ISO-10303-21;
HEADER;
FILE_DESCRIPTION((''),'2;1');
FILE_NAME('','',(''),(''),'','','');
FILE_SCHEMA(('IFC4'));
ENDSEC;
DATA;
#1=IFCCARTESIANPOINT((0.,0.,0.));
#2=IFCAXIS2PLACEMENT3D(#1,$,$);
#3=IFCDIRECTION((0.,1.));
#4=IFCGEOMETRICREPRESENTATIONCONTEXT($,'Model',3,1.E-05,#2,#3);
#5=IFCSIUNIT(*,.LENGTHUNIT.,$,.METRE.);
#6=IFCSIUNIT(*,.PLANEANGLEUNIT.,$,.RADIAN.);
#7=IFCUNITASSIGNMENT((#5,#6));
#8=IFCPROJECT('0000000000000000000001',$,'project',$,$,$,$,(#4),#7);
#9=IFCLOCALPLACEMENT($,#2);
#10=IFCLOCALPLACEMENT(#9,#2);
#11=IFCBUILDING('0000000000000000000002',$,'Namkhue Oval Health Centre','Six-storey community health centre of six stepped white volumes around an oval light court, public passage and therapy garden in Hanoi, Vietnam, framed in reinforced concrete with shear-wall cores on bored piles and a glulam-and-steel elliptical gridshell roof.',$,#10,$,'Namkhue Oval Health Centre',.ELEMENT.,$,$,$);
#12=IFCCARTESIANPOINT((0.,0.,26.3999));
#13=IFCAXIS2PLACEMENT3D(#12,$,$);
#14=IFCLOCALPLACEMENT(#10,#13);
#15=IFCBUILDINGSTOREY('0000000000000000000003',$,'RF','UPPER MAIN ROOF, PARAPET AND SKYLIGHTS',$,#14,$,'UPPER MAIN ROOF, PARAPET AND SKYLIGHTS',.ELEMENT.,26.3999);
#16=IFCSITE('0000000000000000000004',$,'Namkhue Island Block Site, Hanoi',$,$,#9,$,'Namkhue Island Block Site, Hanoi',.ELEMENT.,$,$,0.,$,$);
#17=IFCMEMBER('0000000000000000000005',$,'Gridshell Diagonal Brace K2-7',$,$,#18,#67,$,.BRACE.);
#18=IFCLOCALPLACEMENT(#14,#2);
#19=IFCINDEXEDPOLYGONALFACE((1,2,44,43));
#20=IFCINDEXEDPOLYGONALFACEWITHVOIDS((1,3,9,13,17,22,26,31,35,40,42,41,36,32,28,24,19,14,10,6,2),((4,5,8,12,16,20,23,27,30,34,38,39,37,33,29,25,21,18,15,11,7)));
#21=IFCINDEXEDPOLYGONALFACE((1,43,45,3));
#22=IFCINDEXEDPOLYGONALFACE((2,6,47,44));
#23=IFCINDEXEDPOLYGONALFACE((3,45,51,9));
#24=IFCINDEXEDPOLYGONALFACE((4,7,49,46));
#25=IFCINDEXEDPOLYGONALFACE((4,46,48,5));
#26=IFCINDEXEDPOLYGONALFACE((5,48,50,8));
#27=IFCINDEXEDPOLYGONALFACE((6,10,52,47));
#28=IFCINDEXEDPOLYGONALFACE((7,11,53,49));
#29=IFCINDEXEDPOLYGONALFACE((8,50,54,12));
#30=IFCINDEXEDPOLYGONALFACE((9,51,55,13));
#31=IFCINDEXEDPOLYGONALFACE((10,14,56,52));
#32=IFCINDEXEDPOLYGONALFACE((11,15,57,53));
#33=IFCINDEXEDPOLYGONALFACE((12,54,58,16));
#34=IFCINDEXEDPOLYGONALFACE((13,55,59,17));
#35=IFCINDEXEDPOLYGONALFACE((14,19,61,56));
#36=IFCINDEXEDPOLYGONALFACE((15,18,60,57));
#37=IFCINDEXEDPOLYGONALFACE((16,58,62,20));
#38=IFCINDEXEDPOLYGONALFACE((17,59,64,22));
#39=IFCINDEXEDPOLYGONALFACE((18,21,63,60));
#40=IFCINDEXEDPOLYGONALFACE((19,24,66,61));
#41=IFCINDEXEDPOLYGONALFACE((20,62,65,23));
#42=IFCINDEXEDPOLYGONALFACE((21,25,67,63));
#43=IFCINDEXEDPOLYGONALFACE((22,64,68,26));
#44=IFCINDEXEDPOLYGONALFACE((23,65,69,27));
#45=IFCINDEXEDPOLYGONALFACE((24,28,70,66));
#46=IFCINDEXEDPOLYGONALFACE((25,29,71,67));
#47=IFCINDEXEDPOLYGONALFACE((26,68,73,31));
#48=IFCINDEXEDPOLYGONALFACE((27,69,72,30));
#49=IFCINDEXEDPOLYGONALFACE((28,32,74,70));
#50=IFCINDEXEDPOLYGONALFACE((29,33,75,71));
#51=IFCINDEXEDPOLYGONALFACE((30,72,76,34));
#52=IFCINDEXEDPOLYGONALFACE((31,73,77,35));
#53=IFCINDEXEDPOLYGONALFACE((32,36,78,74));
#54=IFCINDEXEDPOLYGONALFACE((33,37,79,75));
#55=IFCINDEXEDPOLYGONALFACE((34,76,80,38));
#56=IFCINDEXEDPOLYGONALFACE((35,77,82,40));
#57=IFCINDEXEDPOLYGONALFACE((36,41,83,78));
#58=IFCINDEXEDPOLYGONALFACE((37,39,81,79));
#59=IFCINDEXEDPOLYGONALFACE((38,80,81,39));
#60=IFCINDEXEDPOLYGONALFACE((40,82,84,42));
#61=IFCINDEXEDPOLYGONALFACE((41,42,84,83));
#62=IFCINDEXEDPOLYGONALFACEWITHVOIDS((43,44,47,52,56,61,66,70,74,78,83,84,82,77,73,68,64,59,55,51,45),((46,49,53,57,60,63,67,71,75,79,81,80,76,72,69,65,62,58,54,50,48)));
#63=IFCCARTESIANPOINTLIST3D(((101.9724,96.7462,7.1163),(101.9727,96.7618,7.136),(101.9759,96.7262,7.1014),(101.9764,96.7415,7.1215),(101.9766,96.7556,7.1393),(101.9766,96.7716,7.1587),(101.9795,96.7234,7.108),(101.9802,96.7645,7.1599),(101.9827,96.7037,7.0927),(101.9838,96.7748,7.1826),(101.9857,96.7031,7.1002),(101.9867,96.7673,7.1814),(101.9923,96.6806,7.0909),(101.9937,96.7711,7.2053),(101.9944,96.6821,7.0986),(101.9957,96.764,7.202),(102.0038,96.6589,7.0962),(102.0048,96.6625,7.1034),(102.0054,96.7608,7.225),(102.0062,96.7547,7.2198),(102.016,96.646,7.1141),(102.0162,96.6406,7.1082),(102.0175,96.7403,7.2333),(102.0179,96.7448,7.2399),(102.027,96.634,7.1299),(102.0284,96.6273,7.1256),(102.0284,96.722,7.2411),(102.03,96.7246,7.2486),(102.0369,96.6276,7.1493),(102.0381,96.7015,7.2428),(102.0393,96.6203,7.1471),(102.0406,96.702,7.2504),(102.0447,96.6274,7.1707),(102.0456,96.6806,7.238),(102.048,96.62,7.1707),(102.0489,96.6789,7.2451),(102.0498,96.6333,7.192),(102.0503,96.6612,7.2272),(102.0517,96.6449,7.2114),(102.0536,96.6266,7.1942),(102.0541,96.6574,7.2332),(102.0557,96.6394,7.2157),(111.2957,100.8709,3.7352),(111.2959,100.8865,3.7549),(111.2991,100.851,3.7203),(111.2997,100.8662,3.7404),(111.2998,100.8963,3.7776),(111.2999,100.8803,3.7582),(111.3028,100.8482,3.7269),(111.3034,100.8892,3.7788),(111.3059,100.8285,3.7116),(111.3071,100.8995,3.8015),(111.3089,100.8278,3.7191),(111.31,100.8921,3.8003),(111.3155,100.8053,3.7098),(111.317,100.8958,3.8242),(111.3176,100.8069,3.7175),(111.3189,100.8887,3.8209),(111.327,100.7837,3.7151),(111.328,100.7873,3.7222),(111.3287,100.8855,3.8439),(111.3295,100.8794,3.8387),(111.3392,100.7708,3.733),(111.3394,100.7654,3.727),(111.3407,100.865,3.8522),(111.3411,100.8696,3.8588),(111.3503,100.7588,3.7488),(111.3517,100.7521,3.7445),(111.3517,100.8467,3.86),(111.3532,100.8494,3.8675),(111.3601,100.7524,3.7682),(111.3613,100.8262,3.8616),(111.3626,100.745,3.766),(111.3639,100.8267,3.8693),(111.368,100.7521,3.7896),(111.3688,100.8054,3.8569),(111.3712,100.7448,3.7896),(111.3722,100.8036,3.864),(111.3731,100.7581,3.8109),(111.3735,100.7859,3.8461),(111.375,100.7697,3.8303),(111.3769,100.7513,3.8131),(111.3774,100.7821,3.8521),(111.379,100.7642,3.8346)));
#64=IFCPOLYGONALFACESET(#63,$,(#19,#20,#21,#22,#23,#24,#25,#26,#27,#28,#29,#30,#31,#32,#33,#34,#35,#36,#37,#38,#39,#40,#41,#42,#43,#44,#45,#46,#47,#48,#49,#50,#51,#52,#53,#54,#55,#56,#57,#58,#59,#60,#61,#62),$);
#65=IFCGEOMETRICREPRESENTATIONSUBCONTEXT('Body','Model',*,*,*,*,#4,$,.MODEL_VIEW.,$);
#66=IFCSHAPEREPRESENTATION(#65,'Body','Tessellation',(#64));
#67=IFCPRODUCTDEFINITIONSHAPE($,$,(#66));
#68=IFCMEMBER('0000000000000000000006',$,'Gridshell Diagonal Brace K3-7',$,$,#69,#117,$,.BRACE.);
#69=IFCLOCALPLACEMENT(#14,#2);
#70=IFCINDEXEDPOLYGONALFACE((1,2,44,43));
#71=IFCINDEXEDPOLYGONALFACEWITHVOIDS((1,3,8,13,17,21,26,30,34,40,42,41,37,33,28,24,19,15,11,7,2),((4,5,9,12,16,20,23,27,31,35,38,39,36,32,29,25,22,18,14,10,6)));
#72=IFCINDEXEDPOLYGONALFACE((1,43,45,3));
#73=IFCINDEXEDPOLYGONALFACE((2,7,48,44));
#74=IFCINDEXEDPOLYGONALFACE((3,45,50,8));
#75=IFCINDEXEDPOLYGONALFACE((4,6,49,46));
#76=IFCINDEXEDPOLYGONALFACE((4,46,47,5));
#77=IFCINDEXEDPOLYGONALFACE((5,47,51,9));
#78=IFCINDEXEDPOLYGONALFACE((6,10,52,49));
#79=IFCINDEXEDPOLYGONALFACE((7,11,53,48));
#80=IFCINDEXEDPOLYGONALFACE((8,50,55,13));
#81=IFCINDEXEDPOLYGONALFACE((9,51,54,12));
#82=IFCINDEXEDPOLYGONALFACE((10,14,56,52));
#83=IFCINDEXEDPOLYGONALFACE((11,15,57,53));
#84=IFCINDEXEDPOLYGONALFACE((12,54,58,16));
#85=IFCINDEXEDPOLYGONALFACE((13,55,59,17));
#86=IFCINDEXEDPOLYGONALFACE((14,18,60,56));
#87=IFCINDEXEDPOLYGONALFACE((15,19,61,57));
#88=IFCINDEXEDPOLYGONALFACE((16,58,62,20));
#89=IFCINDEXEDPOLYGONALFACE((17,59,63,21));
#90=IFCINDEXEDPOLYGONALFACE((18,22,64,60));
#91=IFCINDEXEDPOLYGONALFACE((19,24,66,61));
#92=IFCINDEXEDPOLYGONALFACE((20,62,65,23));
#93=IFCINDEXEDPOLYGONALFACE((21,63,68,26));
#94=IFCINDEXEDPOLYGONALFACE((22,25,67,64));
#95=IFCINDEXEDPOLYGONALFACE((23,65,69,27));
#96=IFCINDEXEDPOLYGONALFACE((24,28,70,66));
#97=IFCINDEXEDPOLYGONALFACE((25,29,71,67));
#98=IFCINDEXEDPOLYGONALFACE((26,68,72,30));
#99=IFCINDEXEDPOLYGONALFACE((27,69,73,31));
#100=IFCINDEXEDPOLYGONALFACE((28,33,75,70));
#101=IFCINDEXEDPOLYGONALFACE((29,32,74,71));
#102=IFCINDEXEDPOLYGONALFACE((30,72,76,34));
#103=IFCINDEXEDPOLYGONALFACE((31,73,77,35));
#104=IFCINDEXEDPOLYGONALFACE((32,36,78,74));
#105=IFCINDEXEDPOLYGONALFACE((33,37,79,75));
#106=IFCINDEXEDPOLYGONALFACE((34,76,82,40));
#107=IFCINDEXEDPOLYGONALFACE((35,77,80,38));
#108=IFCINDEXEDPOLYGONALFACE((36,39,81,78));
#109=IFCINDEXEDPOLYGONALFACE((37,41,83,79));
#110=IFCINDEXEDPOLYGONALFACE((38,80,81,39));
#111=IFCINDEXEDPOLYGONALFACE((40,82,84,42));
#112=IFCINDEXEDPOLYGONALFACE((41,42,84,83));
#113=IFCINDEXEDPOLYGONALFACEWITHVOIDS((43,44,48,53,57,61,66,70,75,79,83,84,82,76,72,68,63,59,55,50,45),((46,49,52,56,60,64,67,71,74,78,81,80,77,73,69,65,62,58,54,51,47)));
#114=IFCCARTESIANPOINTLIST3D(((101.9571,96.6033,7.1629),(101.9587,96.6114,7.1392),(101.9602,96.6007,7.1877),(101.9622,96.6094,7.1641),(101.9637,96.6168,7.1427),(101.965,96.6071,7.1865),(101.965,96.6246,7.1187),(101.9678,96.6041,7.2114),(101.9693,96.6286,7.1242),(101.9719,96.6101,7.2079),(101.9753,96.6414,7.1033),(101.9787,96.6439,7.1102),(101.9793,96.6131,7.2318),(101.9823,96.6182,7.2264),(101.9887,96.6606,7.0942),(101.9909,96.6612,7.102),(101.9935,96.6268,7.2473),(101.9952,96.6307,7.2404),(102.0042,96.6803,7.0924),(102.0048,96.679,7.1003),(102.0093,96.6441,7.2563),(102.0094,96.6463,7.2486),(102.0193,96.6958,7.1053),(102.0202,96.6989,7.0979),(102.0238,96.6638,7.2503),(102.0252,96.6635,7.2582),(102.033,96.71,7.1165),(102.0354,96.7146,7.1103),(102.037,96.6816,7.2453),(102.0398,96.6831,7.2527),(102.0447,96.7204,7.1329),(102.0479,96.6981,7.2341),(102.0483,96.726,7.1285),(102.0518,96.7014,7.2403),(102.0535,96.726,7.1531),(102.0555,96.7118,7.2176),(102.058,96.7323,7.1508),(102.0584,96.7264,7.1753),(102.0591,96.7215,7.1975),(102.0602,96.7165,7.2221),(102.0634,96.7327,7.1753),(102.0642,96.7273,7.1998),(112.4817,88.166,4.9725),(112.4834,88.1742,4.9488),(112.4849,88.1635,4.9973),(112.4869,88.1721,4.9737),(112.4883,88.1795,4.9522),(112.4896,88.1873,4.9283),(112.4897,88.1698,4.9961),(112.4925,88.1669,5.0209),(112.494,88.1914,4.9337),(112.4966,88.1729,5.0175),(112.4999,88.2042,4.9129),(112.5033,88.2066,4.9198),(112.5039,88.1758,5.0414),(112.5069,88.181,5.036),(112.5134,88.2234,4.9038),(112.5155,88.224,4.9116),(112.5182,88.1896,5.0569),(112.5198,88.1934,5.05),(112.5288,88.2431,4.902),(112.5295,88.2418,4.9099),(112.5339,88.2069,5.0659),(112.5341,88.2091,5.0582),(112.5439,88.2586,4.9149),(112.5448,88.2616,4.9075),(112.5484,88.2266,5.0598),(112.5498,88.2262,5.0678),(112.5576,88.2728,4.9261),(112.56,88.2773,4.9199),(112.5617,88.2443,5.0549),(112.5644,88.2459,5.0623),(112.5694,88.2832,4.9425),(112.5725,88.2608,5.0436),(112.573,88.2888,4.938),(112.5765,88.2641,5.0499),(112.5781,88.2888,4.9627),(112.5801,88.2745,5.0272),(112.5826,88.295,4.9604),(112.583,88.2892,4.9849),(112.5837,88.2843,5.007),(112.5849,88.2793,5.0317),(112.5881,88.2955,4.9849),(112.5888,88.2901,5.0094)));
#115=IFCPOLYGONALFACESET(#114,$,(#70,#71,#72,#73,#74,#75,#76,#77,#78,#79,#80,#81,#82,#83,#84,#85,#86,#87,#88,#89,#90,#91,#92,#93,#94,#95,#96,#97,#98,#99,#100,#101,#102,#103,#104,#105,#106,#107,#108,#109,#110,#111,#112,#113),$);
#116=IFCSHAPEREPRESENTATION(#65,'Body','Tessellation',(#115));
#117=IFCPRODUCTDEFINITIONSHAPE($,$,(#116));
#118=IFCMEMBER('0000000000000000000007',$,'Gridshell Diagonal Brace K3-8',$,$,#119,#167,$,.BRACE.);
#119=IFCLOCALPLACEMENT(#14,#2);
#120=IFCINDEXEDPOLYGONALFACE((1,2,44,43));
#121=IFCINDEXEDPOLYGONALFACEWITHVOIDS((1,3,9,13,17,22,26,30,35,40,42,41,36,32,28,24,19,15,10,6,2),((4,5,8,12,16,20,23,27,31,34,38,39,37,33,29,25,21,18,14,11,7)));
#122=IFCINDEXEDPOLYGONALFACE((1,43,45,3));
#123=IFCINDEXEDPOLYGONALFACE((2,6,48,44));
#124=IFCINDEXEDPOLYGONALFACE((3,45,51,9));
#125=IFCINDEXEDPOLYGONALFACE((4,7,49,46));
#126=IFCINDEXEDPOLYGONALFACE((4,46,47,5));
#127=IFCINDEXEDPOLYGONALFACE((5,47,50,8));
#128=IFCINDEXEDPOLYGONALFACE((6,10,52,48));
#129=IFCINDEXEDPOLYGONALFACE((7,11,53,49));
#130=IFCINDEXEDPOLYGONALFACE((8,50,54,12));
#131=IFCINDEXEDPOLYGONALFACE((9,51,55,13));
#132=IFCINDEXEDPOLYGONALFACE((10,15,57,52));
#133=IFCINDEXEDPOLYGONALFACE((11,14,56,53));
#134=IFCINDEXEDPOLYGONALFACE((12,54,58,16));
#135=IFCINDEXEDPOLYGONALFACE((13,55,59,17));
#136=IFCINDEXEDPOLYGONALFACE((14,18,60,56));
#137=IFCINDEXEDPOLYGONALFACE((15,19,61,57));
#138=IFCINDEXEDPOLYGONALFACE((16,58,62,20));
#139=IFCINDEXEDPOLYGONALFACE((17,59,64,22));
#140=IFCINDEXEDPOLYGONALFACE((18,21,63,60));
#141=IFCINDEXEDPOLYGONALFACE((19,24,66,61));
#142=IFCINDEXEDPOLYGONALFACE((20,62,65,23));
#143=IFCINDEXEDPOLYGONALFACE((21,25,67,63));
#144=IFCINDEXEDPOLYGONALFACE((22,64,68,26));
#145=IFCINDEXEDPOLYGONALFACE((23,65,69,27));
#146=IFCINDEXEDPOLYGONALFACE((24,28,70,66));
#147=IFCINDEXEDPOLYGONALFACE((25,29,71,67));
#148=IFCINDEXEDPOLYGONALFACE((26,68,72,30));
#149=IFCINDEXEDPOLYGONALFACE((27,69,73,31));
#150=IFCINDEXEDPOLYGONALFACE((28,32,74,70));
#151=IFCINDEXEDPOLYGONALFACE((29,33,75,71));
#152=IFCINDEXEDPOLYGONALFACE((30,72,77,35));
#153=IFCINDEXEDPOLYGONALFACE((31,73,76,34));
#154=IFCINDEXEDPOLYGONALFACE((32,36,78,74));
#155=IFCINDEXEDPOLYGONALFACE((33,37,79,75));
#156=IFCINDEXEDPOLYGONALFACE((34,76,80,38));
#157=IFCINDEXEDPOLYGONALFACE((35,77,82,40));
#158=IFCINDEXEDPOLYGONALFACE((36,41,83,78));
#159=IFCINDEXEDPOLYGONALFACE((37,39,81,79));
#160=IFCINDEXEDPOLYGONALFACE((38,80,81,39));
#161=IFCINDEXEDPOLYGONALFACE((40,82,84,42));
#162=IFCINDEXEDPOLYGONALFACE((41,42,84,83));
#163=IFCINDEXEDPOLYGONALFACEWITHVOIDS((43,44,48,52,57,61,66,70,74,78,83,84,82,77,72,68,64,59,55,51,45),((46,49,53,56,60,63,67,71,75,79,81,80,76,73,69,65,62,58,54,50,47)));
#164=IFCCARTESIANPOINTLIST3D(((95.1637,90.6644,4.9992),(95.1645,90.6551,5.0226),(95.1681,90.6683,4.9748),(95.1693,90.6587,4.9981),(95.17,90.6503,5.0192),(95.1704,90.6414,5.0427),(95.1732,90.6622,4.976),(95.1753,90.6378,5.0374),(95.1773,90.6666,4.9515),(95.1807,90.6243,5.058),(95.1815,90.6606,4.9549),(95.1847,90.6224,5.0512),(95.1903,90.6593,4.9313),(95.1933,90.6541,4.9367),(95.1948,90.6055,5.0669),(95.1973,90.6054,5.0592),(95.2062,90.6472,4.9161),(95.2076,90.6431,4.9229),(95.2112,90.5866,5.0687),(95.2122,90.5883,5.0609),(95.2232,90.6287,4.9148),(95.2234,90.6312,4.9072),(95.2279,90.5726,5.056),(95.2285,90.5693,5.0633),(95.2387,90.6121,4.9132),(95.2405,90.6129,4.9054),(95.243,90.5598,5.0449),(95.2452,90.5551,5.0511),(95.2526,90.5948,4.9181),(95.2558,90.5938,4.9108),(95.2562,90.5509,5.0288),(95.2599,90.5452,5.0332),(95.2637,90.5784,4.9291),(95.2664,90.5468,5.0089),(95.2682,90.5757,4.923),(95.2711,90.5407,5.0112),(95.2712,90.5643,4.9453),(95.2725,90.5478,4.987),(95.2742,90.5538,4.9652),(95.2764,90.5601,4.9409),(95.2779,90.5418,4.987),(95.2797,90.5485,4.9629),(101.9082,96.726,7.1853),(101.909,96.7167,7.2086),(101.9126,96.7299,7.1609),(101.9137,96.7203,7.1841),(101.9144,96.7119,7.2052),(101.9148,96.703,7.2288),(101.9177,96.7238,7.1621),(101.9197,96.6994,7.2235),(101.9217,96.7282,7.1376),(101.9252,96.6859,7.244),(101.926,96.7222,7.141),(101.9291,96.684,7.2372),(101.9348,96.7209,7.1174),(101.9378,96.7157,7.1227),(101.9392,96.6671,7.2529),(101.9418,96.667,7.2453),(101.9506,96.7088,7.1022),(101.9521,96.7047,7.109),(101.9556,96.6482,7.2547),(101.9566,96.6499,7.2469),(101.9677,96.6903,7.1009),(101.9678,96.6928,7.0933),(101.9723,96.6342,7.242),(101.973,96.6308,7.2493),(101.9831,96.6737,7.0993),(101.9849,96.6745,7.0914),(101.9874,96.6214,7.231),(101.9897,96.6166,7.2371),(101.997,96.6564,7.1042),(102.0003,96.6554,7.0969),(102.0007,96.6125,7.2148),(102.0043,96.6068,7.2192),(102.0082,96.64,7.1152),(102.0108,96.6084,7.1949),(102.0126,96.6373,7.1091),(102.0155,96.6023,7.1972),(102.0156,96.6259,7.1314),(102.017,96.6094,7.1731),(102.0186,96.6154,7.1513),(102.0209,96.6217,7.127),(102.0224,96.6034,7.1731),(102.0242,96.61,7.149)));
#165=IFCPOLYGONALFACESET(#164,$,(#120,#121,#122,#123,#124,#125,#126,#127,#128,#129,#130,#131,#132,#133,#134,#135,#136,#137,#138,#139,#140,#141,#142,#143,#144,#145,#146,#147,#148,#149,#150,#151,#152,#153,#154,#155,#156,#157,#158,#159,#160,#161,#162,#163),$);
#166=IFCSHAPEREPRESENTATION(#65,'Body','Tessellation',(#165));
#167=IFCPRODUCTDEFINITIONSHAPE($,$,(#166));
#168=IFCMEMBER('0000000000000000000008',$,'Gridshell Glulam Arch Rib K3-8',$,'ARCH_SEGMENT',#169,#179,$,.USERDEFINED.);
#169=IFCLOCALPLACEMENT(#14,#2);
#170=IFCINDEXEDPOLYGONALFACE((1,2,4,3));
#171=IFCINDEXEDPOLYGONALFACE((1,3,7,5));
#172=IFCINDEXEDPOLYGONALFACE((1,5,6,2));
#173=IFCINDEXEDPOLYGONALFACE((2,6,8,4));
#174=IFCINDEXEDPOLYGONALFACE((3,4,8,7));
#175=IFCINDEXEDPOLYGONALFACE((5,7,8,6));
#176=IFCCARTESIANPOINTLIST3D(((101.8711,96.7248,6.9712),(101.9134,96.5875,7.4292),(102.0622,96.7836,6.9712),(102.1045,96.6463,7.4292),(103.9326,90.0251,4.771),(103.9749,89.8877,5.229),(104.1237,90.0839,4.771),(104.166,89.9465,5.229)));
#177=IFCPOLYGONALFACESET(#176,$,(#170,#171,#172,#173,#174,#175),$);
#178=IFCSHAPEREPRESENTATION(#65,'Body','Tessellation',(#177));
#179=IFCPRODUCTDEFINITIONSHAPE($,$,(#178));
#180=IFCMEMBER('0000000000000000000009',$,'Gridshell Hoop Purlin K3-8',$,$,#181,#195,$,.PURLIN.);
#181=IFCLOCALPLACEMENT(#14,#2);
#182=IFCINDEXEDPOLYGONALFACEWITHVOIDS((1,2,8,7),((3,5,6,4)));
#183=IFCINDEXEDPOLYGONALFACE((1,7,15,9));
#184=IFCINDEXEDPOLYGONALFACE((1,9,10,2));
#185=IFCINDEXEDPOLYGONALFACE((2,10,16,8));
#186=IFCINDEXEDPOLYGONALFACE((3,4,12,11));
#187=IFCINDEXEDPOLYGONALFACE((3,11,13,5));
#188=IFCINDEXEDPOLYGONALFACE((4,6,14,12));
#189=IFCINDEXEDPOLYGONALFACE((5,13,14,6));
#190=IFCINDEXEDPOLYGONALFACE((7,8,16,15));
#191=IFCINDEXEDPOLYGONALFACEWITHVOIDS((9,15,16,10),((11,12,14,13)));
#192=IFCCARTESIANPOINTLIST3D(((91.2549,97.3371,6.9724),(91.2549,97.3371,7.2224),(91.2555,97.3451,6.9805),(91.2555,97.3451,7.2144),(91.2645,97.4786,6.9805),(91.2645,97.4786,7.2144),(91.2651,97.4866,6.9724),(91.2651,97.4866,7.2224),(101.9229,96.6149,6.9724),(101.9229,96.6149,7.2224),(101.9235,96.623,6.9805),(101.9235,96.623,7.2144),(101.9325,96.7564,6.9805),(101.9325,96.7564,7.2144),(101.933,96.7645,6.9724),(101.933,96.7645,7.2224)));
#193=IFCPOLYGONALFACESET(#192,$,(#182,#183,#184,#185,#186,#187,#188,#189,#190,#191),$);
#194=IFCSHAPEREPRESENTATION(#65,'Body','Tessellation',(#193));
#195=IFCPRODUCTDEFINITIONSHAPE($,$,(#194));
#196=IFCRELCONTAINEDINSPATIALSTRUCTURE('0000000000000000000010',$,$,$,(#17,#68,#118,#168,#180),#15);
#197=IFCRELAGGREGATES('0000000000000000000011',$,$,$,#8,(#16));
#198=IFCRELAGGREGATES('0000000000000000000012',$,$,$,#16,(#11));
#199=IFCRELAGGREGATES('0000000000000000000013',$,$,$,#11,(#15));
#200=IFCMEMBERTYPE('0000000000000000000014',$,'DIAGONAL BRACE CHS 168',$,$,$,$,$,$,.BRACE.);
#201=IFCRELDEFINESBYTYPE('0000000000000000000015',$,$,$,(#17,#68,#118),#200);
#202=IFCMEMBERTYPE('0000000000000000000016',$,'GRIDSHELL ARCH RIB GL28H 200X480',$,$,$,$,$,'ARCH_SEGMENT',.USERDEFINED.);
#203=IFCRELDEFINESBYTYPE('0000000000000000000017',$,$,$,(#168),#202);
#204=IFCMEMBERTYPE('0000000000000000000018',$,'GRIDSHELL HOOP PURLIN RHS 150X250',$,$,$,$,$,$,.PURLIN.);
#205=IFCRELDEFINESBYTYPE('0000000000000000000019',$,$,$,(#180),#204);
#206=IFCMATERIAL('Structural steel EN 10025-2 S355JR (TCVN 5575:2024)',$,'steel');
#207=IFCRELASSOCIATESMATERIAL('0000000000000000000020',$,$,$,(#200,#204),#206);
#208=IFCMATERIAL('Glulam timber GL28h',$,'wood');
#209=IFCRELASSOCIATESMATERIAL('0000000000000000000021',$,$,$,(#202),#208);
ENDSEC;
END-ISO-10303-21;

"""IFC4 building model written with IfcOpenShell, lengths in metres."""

from ifc_helpers import new_model, si_unit, direction, frame, origin, origin_2d, place, context, subcontext, project, spatial, rectangle, hollow_rectangle, hollow_circle, extrude, material, material_profile, profile_set, type_object, element, save


model = new_model("IFC4")

# Units and contexts
model_context = context("Model", 3, precision=1e-05, world=origin(), true_north=direction((0.0, 1.0)))
body_context = subcontext(model_context, "Body", "Model", "MODEL_VIEW")
ifc_project = project(units=[si_unit("LENGTHUNIT", "METRE"), si_unit("PLANEANGLEUNIT", "RADIAN")], contexts=[model_context])

# Site, building, storey
site_placement = place(None, origin())
site = spatial("IfcSite", under=ifc_project, at=site_placement, Name="Namkhue Island Block Site, Hanoi", LongName="Namkhue Island Block Site, Hanoi", CompositionType="ELEMENT", RefElevation=0.0)
building_placement = place(site_placement, origin())
building = spatial("IfcBuilding", under=site, at=building_placement, Name="Namkhue Oval Health Centre", Description="Six-storey community health centre of six stepped white volumes around an oval light court, public passage and therapy garden in Hanoi, Vietnam, framed in reinforced concrete with shear-wall cores on bored piles and a glulam-and-steel elliptical gridshell roof.", LongName="Namkhue Oval Health Centre", CompositionType="ELEMENT")
storey_placement = place(building_placement, frame((0.0, 0.0, 26.3999)))
storey = spatial("IfcBuildingStorey", under=building, at=storey_placement, Name="RF", Description="UPPER MAIN ROOF, PARAPET AND SKYLIGHTS", LongName="UPPER MAIN ROOF, PARAPET AND SKYLIGHTS", CompositionType="ELEMENT", Elevation=26.3999)

# Members
ifc_material_1 = material(Name="Structural steel EN 10025-2 S355JR (TCVN 5575:2024)", Category="steel")
ifc_material_profile_1 = material_profile(ifc_material_1, hollow_circle(Radius=0.0842, WallThickness=0.0081, at=origin_2d()), Name="CHS 168.3x8")
ifc_profile_set_1 = profile_set([ifc_material_profile_1], Name="Structural steel EN 10025-2 S355JR (TCVN 5575:2024)")
member_type_1 = type_object("IfcMemberType", Name="DIAGONAL BRACE CHS 168", PredefinedType="BRACE", material=ifc_profile_set_1)
member_1_placement = place(storey_placement, frame((111.3372, 100.8218, 3.7896), z_axis=(-0.868008, -0.384021, 0.314786), x_axis=(0.404589, -0.914499, 0.0)))
element("IfcMember", 1, at=member_1_placement, inside=storey, type_object=member_type_1, Name="Gridshell Diagonal Brace K2-7", PredefinedType="BRACE", context=body_context, shape_type="SweptSolid", body=[
    extrude(hollow_circle(Radius=0.0842, WallThickness=0.0081, at=origin_2d()), origin(), (0.0, 0.0, 1.0), 10.741),
])
member_2_placement = place(storey_placement, frame((102.0107, 96.667, 7.1753), z_axis=(0.770147, -0.6174, -0.160286), x_axis=(0.625487, 0.780234, 0.0)))
element("IfcMember", 2, at=member_2_placement, inside=storey, type_object=member_type_1, Name="Gridshell Diagonal Brace K3-7", PredefinedType="BRACE", context=body_context, shape_type="SweptSolid", body=[
    extrude(hollow_circle(Radius=0.0842, WallThickness=0.0081, at=origin_2d()), origin(), (0.0, 0.0, 1.0), 13.6658),
])
member_3_placement = place(storey_placement, frame((101.9661, 96.666, 7.1731), z_axis=(-0.723043, -0.649835, -0.234357), x_axis=(0.668451, -0.743756, 0.0)))
element("IfcMember", 3, at=member_3_placement, inside=storey, type_object=member_type_1, Name="Gridshell Diagonal Brace K3-8", PredefinedType="BRACE", context=body_context, shape_type="SweptSolid", body=[
    extrude(hollow_circle(Radius=0.0842, WallThickness=0.0081, at=origin_2d()), origin(), (0.0, 0.0, 1.0), 9.3279),
])
ifc_material_2 = material(Name="Glulam timber GL28h", Category="wood")
ifc_material_profile_2 = material_profile(ifc_material_2, rectangle(XDim=0.2, YDim=0.48, at=origin_2d()), Name="GL28h 200x480")
ifc_profile_set_2 = profile_set([ifc_material_profile_2], Name="Glulam timber GL28h")
member_type_2 = type_object("IfcMemberType", Name="GRIDSHELL ARCH RIB GL28H 200X480", ElementType="ARCH_SEGMENT", PredefinedType="USERDEFINED", material=ifc_profile_set_2)
member_4_placement = place(storey_placement, frame((101.9878, 96.6855, 7.2002), z_axis=(0.280598, -0.91191, -0.299473), x_axis=(0.955776, 0.294096, 0.0)))
element("IfcMember", 4, at=member_4_placement, inside=storey, type_object=member_type_2, Name="Gridshell Glulam Arch Rib K3-8", ObjectType="ARCH_SEGMENT", PredefinedType="USERDEFINED", context=body_context, shape_type="SweptSolid", body=[
    extrude(rectangle(XDim=0.2, YDim=0.48, at=origin_2d()), origin(), (0.0, 0.0, 1.0), 7.3469),
])
ifc_material_profile_3 = material_profile(ifc_material_1, hollow_rectangle(XDim=0.1499, YDim=0.25, WallThickness=0.0081, at=origin_2d()), Name="RHS 150x250x8")
ifc_profile_set_3 = profile_set([ifc_material_profile_3], Name="Structural steel EN 10025-2 S355JR (TCVN 5575:2024)")
member_type_3 = type_object("IfcMemberType", Name="GRIDSHELL HOOP PURLIN RHS 150X250", PredefinedType="PURLIN", material=ifc_profile_set_3)
member_5_placement = place(storey_placement, frame((101.928, 96.6897, 7.0974), z_axis=(-0.997717, 0.06754, 0.0), x_axis=(-0.06754, -0.997717, 0.0)))
element("IfcMember", 5, at=member_5_placement, inside=storey, type_object=member_type_3, Name="Gridshell Hoop Purlin K3-8", PredefinedType="PURLIN", context=body_context, shape_type="SweptSolid", body=[
    extrude(hollow_rectangle(XDim=0.1499, YDim=0.25, WallThickness=0.0081, at=origin_2d()), origin(), (0.0, 0.0, 1.0), 10.6924),
])

save(model, "model.ifc")
